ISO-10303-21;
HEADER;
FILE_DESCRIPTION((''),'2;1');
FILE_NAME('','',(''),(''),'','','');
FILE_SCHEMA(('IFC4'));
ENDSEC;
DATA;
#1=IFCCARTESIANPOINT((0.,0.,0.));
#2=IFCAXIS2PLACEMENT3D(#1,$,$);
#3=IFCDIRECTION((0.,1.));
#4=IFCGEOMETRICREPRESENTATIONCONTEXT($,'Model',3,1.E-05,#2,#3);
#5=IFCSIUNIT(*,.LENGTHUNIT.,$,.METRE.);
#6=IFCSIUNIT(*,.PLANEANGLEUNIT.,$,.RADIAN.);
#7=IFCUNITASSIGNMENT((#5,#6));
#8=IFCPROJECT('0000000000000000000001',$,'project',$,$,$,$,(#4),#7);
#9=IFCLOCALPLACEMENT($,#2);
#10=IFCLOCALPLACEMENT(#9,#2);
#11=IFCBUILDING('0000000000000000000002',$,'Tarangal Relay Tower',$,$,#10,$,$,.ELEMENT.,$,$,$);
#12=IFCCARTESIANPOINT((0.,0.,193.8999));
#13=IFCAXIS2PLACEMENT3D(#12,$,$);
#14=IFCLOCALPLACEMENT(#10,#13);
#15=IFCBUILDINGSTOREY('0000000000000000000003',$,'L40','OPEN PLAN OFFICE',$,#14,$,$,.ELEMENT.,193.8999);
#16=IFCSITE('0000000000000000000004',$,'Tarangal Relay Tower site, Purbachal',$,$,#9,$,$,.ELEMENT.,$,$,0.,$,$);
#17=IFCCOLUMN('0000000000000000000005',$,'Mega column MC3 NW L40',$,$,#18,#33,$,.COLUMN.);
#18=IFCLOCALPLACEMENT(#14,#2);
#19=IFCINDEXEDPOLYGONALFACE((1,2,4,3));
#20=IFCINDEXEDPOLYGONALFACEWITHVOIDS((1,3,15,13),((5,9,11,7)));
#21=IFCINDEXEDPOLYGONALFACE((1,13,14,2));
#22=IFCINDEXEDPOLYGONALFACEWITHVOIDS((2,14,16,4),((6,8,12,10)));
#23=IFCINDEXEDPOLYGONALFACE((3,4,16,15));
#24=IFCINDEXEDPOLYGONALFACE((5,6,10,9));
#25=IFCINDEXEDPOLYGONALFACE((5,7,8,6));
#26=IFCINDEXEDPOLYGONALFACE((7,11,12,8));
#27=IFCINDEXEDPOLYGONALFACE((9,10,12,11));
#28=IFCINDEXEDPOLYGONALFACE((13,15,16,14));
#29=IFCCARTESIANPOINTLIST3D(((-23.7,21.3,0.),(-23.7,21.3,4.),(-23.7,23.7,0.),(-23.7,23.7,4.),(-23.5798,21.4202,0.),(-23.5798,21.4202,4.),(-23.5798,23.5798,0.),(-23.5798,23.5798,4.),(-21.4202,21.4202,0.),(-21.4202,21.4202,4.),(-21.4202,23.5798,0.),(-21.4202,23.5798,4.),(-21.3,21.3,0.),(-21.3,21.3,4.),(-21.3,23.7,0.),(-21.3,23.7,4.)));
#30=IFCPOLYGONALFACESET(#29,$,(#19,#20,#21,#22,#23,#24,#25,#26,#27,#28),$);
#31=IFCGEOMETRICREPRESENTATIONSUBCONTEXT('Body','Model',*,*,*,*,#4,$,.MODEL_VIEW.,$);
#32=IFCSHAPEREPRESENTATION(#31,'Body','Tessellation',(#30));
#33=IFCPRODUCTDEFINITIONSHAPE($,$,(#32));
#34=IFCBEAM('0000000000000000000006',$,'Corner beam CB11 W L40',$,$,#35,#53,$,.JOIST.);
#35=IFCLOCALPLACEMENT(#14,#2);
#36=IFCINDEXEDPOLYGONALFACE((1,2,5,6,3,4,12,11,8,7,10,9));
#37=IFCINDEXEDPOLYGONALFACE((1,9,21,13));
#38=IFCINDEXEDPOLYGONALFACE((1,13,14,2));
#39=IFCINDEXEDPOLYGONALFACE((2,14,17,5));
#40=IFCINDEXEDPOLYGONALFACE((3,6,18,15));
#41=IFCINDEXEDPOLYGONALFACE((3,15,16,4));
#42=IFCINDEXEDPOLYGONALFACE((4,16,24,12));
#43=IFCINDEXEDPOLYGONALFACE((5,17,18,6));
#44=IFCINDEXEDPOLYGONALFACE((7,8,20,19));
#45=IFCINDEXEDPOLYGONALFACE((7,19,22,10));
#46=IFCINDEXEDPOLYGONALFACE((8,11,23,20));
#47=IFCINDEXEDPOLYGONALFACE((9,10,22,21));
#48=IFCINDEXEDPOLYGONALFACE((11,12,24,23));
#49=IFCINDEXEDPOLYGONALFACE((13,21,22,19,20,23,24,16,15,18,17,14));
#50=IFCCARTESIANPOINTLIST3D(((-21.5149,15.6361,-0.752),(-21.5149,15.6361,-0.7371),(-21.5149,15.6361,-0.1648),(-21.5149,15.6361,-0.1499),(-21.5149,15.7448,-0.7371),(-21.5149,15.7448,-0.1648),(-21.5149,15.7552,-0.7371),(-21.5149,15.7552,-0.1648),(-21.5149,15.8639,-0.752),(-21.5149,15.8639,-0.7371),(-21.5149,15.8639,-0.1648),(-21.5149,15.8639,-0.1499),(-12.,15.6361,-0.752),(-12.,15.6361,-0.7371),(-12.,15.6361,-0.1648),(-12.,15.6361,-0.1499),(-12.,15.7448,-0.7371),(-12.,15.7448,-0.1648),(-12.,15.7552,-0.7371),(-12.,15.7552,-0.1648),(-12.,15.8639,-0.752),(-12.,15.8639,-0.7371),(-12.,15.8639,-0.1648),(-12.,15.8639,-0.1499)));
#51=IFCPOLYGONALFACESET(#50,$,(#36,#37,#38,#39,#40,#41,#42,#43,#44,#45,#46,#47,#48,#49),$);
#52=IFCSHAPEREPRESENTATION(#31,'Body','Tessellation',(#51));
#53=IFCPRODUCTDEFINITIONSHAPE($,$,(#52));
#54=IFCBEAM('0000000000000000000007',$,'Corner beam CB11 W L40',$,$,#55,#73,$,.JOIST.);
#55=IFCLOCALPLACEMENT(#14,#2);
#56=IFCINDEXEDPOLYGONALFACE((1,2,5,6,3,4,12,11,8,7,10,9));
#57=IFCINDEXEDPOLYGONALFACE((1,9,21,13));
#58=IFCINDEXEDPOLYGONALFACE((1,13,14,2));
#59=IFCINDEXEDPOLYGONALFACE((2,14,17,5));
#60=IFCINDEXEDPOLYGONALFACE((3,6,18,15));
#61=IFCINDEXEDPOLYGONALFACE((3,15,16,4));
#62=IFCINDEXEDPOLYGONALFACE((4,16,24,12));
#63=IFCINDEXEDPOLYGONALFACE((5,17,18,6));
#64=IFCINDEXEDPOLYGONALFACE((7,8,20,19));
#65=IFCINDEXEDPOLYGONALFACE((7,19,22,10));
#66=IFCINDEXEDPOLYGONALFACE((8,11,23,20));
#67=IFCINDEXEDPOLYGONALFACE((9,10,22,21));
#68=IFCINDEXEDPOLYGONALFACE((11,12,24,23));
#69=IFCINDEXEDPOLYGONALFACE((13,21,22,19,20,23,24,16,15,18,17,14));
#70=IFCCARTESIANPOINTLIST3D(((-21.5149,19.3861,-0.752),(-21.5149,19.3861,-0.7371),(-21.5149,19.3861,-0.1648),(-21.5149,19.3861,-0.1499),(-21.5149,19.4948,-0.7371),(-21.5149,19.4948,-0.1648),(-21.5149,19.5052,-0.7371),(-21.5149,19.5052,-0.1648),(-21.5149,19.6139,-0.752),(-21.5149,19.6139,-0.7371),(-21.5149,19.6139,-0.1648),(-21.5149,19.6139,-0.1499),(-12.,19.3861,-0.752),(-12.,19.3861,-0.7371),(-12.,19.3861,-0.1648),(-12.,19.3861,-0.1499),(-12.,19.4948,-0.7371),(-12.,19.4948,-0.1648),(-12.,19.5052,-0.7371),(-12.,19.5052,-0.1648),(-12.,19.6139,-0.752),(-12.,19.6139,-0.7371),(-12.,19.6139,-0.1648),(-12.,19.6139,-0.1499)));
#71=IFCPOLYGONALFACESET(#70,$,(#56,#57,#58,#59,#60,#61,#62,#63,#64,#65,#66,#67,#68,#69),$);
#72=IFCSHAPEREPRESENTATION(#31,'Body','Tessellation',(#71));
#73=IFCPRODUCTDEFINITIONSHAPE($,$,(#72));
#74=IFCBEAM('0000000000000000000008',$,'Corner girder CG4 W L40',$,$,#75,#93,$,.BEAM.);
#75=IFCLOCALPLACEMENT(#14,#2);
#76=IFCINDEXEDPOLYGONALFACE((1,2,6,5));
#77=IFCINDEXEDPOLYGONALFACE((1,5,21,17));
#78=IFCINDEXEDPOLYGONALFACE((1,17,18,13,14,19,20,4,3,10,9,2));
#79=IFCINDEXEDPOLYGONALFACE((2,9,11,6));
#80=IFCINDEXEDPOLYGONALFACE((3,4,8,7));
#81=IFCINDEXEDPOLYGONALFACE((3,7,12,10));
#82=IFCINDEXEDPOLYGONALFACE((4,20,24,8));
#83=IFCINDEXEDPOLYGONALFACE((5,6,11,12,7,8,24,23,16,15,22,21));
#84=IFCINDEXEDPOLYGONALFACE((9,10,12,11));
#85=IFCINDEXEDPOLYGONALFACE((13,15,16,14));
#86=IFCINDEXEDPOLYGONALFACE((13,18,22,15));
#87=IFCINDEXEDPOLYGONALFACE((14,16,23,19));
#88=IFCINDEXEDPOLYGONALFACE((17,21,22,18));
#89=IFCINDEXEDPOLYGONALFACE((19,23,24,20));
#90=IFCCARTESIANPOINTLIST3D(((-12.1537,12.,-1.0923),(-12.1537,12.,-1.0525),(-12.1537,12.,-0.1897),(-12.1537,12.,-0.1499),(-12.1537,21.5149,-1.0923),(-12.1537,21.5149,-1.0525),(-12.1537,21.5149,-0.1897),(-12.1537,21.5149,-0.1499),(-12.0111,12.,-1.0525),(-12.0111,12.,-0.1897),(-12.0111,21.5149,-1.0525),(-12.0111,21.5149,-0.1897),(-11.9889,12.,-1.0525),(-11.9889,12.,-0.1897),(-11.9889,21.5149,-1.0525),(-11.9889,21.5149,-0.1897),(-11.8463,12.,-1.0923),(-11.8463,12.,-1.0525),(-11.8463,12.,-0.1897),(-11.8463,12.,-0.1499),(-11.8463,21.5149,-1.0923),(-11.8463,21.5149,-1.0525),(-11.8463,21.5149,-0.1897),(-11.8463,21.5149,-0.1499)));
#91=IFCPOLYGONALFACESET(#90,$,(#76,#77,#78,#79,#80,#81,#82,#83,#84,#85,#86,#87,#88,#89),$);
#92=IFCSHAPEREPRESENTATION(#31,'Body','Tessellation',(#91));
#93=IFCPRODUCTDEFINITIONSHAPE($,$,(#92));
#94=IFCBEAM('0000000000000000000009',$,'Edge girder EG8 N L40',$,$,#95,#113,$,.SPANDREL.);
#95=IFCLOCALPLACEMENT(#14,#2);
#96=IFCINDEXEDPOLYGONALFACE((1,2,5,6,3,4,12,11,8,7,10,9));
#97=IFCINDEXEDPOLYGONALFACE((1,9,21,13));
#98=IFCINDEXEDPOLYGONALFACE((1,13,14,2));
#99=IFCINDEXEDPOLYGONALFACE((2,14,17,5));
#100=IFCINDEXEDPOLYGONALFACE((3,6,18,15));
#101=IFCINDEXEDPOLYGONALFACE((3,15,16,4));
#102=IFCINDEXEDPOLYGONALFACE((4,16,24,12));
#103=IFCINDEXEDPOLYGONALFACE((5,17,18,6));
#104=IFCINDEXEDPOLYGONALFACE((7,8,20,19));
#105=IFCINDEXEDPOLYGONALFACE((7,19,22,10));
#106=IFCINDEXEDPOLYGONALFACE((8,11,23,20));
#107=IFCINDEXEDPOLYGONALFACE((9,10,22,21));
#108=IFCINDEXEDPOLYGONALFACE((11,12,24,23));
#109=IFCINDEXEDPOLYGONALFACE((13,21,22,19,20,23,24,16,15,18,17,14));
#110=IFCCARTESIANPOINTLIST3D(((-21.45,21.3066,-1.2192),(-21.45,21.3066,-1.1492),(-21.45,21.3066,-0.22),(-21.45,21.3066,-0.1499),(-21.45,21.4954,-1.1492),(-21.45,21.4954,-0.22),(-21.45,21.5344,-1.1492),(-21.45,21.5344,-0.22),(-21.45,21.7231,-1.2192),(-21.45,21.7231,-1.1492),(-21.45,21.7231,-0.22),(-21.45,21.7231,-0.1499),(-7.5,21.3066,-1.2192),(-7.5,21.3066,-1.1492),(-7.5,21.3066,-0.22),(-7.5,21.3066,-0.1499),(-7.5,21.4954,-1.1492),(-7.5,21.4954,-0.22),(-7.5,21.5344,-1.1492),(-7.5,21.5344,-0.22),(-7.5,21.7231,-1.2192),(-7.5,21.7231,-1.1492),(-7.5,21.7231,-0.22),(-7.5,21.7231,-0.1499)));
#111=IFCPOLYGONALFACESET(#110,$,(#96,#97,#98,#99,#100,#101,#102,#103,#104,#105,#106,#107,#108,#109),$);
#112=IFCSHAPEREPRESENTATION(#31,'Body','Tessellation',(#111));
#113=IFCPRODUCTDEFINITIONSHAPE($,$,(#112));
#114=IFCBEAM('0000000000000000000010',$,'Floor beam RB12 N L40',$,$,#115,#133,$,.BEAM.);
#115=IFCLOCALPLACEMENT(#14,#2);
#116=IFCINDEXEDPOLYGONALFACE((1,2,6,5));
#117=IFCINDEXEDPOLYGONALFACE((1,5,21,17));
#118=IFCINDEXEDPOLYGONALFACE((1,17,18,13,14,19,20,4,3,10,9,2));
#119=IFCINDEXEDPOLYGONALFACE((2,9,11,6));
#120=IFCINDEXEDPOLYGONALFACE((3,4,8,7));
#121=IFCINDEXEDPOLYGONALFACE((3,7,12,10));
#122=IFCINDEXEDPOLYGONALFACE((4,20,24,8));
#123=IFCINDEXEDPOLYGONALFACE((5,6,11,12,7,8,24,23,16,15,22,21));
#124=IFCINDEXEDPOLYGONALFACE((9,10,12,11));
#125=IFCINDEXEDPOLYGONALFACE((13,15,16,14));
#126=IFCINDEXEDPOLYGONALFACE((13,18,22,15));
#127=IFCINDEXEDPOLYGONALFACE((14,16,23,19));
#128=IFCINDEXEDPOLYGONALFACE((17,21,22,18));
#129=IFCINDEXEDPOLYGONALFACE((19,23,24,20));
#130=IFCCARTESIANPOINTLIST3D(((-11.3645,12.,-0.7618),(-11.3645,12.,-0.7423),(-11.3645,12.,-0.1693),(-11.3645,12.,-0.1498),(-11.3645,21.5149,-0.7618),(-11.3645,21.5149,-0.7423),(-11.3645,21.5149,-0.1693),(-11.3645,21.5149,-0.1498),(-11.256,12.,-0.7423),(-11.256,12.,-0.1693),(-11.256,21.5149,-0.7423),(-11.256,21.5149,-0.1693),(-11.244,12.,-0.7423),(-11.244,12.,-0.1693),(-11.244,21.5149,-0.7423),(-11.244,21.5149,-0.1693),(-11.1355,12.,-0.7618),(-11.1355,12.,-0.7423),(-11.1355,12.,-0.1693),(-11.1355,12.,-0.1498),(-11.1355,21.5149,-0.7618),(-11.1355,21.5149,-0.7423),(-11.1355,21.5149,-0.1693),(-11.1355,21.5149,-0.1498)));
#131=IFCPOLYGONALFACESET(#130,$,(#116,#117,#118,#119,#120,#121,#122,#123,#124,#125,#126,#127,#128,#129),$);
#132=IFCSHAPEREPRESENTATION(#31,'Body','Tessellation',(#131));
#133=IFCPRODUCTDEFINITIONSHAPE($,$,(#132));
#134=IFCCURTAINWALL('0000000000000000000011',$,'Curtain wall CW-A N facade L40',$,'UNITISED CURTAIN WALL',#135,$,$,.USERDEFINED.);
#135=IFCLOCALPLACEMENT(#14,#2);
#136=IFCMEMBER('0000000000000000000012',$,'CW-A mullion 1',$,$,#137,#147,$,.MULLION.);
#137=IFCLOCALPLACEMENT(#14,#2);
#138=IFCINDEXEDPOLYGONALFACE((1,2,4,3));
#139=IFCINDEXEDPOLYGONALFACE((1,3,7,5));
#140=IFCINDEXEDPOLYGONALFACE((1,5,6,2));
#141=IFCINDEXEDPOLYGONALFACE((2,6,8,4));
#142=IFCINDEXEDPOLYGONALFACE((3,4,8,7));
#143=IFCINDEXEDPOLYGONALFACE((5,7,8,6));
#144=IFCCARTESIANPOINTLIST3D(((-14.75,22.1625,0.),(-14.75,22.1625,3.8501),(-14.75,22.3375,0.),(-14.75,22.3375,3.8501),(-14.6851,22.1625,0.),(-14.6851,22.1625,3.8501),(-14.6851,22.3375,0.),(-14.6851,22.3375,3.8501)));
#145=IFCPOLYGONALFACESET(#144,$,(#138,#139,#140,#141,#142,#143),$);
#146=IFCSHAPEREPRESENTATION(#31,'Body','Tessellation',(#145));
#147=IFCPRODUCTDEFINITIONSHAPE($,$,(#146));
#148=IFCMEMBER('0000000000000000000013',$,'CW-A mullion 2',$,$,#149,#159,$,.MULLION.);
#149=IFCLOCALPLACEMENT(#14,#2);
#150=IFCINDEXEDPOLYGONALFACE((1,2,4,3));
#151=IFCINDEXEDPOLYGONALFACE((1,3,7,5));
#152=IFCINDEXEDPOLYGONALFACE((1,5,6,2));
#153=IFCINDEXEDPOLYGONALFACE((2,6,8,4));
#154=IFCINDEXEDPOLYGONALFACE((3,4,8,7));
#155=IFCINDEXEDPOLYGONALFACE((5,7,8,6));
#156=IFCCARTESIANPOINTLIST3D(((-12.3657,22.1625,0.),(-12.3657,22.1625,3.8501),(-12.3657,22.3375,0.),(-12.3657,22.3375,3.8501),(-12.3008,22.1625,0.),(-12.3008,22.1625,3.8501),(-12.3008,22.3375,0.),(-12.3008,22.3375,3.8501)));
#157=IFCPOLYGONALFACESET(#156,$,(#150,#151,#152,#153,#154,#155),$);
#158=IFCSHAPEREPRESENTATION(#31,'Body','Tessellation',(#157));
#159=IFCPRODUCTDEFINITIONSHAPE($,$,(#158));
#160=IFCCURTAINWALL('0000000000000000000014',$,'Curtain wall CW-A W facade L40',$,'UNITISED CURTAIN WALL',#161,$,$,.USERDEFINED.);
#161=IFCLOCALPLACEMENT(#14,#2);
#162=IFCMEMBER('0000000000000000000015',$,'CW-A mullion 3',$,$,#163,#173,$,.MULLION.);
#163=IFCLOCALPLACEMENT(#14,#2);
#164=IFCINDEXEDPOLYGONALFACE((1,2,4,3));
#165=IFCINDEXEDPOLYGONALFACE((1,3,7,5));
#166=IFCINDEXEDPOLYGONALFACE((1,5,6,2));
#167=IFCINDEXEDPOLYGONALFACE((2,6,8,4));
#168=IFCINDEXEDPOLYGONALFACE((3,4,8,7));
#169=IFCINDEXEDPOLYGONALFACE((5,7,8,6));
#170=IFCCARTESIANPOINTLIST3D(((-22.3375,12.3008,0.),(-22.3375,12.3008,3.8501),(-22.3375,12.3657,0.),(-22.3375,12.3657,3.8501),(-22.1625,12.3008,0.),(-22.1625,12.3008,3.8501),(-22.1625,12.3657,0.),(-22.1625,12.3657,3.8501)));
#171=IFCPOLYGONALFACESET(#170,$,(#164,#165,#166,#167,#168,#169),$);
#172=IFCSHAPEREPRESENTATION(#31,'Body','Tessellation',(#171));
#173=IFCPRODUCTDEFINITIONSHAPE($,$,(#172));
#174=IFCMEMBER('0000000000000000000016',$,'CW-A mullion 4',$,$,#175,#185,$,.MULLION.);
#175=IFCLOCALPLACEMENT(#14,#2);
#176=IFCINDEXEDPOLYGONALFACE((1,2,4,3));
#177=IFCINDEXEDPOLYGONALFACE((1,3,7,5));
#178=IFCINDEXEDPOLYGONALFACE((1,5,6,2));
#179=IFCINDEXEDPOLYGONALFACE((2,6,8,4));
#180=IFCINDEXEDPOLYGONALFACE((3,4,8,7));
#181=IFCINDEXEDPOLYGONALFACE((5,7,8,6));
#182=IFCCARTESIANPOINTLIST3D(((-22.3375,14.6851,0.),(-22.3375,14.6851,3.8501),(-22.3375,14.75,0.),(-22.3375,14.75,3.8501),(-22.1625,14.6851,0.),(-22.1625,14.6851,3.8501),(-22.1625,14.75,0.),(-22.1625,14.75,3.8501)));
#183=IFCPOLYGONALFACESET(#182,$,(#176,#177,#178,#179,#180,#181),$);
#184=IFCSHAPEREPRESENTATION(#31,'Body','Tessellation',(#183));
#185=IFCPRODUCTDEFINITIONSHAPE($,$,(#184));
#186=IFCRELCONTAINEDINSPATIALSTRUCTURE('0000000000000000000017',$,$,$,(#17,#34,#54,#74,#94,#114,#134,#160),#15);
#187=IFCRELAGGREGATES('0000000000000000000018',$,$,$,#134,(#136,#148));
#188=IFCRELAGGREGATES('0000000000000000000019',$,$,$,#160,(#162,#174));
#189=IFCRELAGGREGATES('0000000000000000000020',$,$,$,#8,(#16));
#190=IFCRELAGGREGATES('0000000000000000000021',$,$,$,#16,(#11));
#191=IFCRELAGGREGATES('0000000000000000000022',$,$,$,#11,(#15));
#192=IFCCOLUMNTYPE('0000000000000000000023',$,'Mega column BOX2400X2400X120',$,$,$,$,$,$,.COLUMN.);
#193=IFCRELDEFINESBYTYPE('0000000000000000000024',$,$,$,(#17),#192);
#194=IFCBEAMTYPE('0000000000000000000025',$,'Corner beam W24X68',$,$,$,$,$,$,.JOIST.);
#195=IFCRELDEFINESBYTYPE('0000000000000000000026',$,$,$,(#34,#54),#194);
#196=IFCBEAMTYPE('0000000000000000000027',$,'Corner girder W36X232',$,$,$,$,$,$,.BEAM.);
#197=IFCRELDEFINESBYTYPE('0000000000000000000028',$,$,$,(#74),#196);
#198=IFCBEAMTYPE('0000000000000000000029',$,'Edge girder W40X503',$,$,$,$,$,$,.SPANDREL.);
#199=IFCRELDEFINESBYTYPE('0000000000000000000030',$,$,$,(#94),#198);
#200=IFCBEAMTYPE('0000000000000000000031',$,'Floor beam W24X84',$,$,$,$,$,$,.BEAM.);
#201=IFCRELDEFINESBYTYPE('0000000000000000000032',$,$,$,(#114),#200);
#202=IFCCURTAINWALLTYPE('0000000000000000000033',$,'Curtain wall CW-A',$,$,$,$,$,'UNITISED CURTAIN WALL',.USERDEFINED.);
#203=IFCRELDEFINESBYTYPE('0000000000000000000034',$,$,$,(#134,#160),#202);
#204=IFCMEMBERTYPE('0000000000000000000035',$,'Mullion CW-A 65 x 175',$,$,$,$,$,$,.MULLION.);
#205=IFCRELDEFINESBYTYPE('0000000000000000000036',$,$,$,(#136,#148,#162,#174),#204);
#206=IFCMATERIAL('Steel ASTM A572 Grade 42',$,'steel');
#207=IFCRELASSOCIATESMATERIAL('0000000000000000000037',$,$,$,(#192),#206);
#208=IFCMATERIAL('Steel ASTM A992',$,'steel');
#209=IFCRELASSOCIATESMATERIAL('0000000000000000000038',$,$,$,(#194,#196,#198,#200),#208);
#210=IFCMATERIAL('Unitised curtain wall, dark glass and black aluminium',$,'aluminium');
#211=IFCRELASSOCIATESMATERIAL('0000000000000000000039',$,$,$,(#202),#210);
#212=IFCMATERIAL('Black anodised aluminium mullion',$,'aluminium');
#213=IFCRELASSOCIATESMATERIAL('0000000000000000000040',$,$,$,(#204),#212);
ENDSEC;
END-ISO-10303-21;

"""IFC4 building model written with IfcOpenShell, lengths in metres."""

from ifc_helpers import new_model, si_unit, direction, frame, origin, origin_2d, place, context, subcontext, project, spatial, rectangle, hollow_rectangle, i_section, extrude, material, material_profile, profile_set, type_object, element, aggregate, save


model = new_model("IFC4")

# Units and contexts
model_context = context("Model", 3, precision=1e-05, world=origin(), true_north=direction((0.0, 1.0)))
body_context = subcontext(model_context, "Body", "Model", "MODEL_VIEW")
ifc_project = project(units=[si_unit("LENGTHUNIT", "METRE"), si_unit("PLANEANGLEUNIT", "RADIAN")], contexts=[model_context])

# Site, building, storey
site_placement = place(None, origin())
site = spatial("IfcSite", under=ifc_project, at=site_placement, Name="Tarangal Relay Tower site, Purbachal", CompositionType="ELEMENT", RefElevation=0.0)
building_placement = place(site_placement, origin())
building = spatial("IfcBuilding", under=site, at=building_placement, Name="Tarangal Relay Tower", CompositionType="ELEMENT")
storey_placement = place(building_placement, frame((0.0, 0.0, 193.8999)))
storey = spatial("IfcBuildingStorey", under=building, at=storey_placement, Name="L40", Description="OPEN PLAN OFFICE", CompositionType="ELEMENT", Elevation=193.8999)

# Column
ifc_material_1 = material(Name="Steel ASTM A572 Grade 42", Category="steel")
ifc_material_profile_1 = material_profile(ifc_material_1, hollow_rectangle(XDim=2.3999, YDim=2.3999, WallThickness=0.1201, at=origin_2d()), Name="BOX2400X2400X120")
ifc_profile_set_1 = profile_set([ifc_material_profile_1], Name="Steel ASTM A572 Grade 42")
column_type = type_object("IfcColumnType", Name="Mega column BOX2400X2400X120", PredefinedType="COLUMN", material=ifc_profile_set_1)
column_placement = place(storey_placement, frame((-22.5, 22.5, 0.0), z_axis=(0.0, 0.0, 1.0), x_axis=(1.0, 0.0, 0.0)))
element("IfcColumn", 1, at=column_placement, inside=storey, type_object=column_type, Name="Mega column MC3 NW L40", PredefinedType="COLUMN", context=body_context, shape_type="SweptSolid", body=[
    extrude(hollow_rectangle(XDim=2.3999, YDim=2.3999, WallThickness=0.1201, at=origin_2d()), origin(), (0.0, 0.0, 1.0), 4.0),
])

# Beams
ifc_material_2 = material(Name="Steel ASTM A992", Category="steel")
ifc_material_profile_2 = material_profile(ifc_material_2, i_section(OverallWidth=0.2278, OverallDepth=0.6021, WebThickness=0.0105, FlangeThickness=0.0149, at=origin_2d()), Name="W24X68")
ifc_profile_set_2 = profile_set([ifc_material_profile_2], Name="Steel ASTM A992")
beam_type_1 = type_object("IfcBeamType", Name="Corner beam W24X68", PredefinedType="JOIST", material=ifc_profile_set_2)
for number, where, z_axis, x_axis, name in (
    (2, (-12.0, 15.75, -0.4509), (-1.0, 0.0, 0.0), (0.0, -1.0, 0.0), "Corner beam CB11 W L40"),
    (3, (-12.0, 19.5, -0.4509), (-1.0, 0.0, 0.0), (0.0, -1.0, 0.0), "Corner beam CB11 W L40"),
):
    element("IfcBeam", number, at=place(storey_placement, frame(where, z_axis=z_axis, x_axis=x_axis)), inside=storey, type_object=beam_type_1, Name=name, PredefinedType="JOIST", context=body_context, shape_type="SweptSolid", body=[
        extrude(i_section(OverallWidth=0.2278, OverallDepth=0.6021, WebThickness=0.0105, FlangeThickness=0.0149, at=origin_2d()), origin(), (0.0, 0.0, 1.0), 9.5149),
    ])
ifc_material_profile_3 = material_profile(ifc_material_2, i_section(OverallWidth=0.3074, OverallDepth=0.9424, WebThickness=0.0222, FlangeThickness=0.0398, at=origin_2d()), Name="W36X232")
ifc_profile_set_3 = profile_set([ifc_material_profile_3], Name="Steel ASTM A992")
beam_type_2 = type_object("IfcBeamType", Name="Corner girder W36X232", PredefinedType="BEAM", material=ifc_profile_set_3)
beam_1_placement = place(storey_placement, frame((-12.0, 12.0, -0.6211), z_axis=(0.0, 1.0, 0.0), x_axis=(-1.0, 0.0, 0.0)))
element("IfcBeam", 4, at=beam_1_placement, inside=storey, type_object=beam_type_2, Name="Corner girder CG4 W L40", PredefinedType="BEAM", context=body_context, shape_type="SweptSolid", body=[
    extrude(i_section(OverallWidth=0.3074, OverallDepth=0.9424, WebThickness=0.0222, FlangeThickness=0.0398, at=origin_2d()), origin(), (0.0, 0.0, 1.0), 9.5149),
])
ifc_material_profile_4 = material_profile(ifc_material_2, i_section(OverallWidth=0.4165, OverallDepth=1.0693, WebThickness=0.0391, FlangeThickness=0.0701, at=origin_2d()), Name="W40X503")
ifc_profile_set_4 = profile_set([ifc_material_profile_4], Name="Steel ASTM A992")
beam_type_3 = type_object("IfcBeamType", Name="Edge girder W40X503", PredefinedType="SPANDREL", material=ifc_profile_set_4)
beam_2_placement = place(storey_placement, frame((-21.45, 21.5149, -0.6846), z_axis=(1.0, 0.0, 0.0), x_axis=(0.0, 1.0, 0.0)))
element("IfcBeam", 5, at=beam_2_placement, inside=storey, type_object=beam_type_3, Name="Edge girder EG8 N L40", PredefinedType="SPANDREL", context=body_context, shape_type="SweptSolid", body=[
    extrude(i_section(OverallWidth=0.4165, OverallDepth=1.0693, WebThickness=0.0391, FlangeThickness=0.0701, at=origin_2d()), origin(), (0.0, 0.0, 1.0), 13.95),
])
ifc_material_profile_5 = material_profile(ifc_material_2, i_section(OverallWidth=0.229, OverallDepth=0.6121, WebThickness=0.012, FlangeThickness=0.0195, at=origin_2d()), Name="W24X84")
ifc_profile_set_5 = profile_set([ifc_material_profile_5], Name="Steel ASTM A992")
beam_type_4 = type_object("IfcBeamType", Name="Floor beam W24X84", PredefinedType="BEAM", material=ifc_profile_set_5)
beam_3_placement = place(storey_placement, frame((-11.25, 12.0, -0.4558), z_axis=(0.0, 1.0, 0.0), x_axis=(-1.0, 0.0, 0.0)))
element("IfcBeam", 6, at=beam_3_placement, inside=storey, type_object=beam_type_4, Name="Floor beam RB12 N L40", PredefinedType="BEAM", context=body_context, shape_type="SweptSolid", body=[
    extrude(i_section(OverallWidth=0.229, OverallDepth=0.6121, WebThickness=0.012, FlangeThickness=0.0195, at=origin_2d()), origin(), (0.0, 0.0, 1.0), 9.5149),
])

# Curtain walls, members
ifc_material_3 = material(Name="Unitised curtain wall, dark glass and black aluminium", Category="aluminium")
curtain_wall_type = type_object("IfcCurtainWallType", Name="Curtain wall CW-A", ElementType="UNITISED CURTAIN WALL", PredefinedType="USERDEFINED", material=ifc_material_3)
curtain_wall_1_placement = place(storey_placement, origin())
curtain_wall_1 = element("IfcCurtainWall", 7, at=curtain_wall_1_placement, inside=storey, type_object=curtain_wall_type, Name="Curtain wall CW-A N facade L40", ObjectType="UNITISED CURTAIN WALL", PredefinedType="USERDEFINED")
ifc_material_4 = material(Name="Black anodised aluminium mullion", Category="aluminium")
ifc_material_profile_6 = material_profile(ifc_material_4, rectangle(XDim=0.175, YDim=0.0649, at=origin_2d()), Name="CW-AM 65X175")
ifc_profile_set_6 = profile_set([ifc_material_profile_6], Name="Black anodised aluminium mullion")
member_type_1 = type_object("IfcMemberType", Name="Mullion CW-A 65 x 175", PredefinedType="MULLION", material=ifc_profile_set_6)
member_1_placement = place(storey_placement, frame((-14.7175, 22.25, 0.0), z_axis=(0.0, 0.0, 1.0), x_axis=(0.0, 1.0, 0.0)))
member_1 = element("IfcMember", 8, at=member_1_placement, type_object=member_type_1, Name="CW-A mullion 1", PredefinedType="MULLION", context=body_context, shape_type="SweptSolid", body=[
    extrude(rectangle(XDim=0.175, YDim=0.0649, at=origin_2d()), origin(), (0.0, 0.0, 1.0), 3.8501),
])
member_2_placement = place(storey_placement, frame((-12.3333, 22.25, 0.0), z_axis=(0.0, 0.0, 1.0), x_axis=(0.0, 1.0, 0.0)))
member_2 = element("IfcMember", 9, at=member_2_placement, type_object=member_type_1, Name="CW-A mullion 2", PredefinedType="MULLION", context=body_context, shape_type="SweptSolid", body=[
    extrude(rectangle(XDim=0.175, YDim=0.0649, at=origin_2d()), origin(), (0.0, 0.0, 1.0), 3.8501),
])
curtain_wall_2_placement = place(storey_placement, origin())
curtain_wall_2 = element("IfcCurtainWall", 10, at=curtain_wall_2_placement, inside=storey, type_object=curtain_wall_type, Name="Curtain wall CW-A W facade L40", ObjectType="UNITISED CURTAIN WALL", PredefinedType="USERDEFINED")
member_3_placement = place(storey_placement, frame((-22.25, 12.3333, 0.0), z_axis=(0.0, 0.0, 1.0), x_axis=(-1.0, 0.0, 0.0)))
member_3 = element("IfcMember", 11, at=member_3_placement, type_object=member_type_1, Name="CW-A mullion 3", PredefinedType="MULLION", context=body_context, shape_type="SweptSolid", body=[
    extrude(rectangle(XDim=0.175, YDim=0.0649, at=origin_2d()), origin(), (0.0, 0.0, 1.0), 3.8501),
])
member_4_placement = place(storey_placement, frame((-22.25, 14.7175, 0.0), z_axis=(0.0, 0.0, 1.0), x_axis=(-1.0, 0.0, 0.0)))
member_4 = element("IfcMember", 12, at=member_4_placement, type_object=member_type_1, Name="CW-A mullion 4", PredefinedType="MULLION", context=body_context, shape_type="SweptSolid", body=[
    extrude(rectangle(XDim=0.175, YDim=0.0649, at=origin_2d()), origin(), (0.0, 0.0, 1.0), 3.8501),
])

aggregate(curtain_wall_1, [member_1, member_2])
aggregate(curtain_wall_2, [member_3, member_4])

save(model, "model.ifc")
